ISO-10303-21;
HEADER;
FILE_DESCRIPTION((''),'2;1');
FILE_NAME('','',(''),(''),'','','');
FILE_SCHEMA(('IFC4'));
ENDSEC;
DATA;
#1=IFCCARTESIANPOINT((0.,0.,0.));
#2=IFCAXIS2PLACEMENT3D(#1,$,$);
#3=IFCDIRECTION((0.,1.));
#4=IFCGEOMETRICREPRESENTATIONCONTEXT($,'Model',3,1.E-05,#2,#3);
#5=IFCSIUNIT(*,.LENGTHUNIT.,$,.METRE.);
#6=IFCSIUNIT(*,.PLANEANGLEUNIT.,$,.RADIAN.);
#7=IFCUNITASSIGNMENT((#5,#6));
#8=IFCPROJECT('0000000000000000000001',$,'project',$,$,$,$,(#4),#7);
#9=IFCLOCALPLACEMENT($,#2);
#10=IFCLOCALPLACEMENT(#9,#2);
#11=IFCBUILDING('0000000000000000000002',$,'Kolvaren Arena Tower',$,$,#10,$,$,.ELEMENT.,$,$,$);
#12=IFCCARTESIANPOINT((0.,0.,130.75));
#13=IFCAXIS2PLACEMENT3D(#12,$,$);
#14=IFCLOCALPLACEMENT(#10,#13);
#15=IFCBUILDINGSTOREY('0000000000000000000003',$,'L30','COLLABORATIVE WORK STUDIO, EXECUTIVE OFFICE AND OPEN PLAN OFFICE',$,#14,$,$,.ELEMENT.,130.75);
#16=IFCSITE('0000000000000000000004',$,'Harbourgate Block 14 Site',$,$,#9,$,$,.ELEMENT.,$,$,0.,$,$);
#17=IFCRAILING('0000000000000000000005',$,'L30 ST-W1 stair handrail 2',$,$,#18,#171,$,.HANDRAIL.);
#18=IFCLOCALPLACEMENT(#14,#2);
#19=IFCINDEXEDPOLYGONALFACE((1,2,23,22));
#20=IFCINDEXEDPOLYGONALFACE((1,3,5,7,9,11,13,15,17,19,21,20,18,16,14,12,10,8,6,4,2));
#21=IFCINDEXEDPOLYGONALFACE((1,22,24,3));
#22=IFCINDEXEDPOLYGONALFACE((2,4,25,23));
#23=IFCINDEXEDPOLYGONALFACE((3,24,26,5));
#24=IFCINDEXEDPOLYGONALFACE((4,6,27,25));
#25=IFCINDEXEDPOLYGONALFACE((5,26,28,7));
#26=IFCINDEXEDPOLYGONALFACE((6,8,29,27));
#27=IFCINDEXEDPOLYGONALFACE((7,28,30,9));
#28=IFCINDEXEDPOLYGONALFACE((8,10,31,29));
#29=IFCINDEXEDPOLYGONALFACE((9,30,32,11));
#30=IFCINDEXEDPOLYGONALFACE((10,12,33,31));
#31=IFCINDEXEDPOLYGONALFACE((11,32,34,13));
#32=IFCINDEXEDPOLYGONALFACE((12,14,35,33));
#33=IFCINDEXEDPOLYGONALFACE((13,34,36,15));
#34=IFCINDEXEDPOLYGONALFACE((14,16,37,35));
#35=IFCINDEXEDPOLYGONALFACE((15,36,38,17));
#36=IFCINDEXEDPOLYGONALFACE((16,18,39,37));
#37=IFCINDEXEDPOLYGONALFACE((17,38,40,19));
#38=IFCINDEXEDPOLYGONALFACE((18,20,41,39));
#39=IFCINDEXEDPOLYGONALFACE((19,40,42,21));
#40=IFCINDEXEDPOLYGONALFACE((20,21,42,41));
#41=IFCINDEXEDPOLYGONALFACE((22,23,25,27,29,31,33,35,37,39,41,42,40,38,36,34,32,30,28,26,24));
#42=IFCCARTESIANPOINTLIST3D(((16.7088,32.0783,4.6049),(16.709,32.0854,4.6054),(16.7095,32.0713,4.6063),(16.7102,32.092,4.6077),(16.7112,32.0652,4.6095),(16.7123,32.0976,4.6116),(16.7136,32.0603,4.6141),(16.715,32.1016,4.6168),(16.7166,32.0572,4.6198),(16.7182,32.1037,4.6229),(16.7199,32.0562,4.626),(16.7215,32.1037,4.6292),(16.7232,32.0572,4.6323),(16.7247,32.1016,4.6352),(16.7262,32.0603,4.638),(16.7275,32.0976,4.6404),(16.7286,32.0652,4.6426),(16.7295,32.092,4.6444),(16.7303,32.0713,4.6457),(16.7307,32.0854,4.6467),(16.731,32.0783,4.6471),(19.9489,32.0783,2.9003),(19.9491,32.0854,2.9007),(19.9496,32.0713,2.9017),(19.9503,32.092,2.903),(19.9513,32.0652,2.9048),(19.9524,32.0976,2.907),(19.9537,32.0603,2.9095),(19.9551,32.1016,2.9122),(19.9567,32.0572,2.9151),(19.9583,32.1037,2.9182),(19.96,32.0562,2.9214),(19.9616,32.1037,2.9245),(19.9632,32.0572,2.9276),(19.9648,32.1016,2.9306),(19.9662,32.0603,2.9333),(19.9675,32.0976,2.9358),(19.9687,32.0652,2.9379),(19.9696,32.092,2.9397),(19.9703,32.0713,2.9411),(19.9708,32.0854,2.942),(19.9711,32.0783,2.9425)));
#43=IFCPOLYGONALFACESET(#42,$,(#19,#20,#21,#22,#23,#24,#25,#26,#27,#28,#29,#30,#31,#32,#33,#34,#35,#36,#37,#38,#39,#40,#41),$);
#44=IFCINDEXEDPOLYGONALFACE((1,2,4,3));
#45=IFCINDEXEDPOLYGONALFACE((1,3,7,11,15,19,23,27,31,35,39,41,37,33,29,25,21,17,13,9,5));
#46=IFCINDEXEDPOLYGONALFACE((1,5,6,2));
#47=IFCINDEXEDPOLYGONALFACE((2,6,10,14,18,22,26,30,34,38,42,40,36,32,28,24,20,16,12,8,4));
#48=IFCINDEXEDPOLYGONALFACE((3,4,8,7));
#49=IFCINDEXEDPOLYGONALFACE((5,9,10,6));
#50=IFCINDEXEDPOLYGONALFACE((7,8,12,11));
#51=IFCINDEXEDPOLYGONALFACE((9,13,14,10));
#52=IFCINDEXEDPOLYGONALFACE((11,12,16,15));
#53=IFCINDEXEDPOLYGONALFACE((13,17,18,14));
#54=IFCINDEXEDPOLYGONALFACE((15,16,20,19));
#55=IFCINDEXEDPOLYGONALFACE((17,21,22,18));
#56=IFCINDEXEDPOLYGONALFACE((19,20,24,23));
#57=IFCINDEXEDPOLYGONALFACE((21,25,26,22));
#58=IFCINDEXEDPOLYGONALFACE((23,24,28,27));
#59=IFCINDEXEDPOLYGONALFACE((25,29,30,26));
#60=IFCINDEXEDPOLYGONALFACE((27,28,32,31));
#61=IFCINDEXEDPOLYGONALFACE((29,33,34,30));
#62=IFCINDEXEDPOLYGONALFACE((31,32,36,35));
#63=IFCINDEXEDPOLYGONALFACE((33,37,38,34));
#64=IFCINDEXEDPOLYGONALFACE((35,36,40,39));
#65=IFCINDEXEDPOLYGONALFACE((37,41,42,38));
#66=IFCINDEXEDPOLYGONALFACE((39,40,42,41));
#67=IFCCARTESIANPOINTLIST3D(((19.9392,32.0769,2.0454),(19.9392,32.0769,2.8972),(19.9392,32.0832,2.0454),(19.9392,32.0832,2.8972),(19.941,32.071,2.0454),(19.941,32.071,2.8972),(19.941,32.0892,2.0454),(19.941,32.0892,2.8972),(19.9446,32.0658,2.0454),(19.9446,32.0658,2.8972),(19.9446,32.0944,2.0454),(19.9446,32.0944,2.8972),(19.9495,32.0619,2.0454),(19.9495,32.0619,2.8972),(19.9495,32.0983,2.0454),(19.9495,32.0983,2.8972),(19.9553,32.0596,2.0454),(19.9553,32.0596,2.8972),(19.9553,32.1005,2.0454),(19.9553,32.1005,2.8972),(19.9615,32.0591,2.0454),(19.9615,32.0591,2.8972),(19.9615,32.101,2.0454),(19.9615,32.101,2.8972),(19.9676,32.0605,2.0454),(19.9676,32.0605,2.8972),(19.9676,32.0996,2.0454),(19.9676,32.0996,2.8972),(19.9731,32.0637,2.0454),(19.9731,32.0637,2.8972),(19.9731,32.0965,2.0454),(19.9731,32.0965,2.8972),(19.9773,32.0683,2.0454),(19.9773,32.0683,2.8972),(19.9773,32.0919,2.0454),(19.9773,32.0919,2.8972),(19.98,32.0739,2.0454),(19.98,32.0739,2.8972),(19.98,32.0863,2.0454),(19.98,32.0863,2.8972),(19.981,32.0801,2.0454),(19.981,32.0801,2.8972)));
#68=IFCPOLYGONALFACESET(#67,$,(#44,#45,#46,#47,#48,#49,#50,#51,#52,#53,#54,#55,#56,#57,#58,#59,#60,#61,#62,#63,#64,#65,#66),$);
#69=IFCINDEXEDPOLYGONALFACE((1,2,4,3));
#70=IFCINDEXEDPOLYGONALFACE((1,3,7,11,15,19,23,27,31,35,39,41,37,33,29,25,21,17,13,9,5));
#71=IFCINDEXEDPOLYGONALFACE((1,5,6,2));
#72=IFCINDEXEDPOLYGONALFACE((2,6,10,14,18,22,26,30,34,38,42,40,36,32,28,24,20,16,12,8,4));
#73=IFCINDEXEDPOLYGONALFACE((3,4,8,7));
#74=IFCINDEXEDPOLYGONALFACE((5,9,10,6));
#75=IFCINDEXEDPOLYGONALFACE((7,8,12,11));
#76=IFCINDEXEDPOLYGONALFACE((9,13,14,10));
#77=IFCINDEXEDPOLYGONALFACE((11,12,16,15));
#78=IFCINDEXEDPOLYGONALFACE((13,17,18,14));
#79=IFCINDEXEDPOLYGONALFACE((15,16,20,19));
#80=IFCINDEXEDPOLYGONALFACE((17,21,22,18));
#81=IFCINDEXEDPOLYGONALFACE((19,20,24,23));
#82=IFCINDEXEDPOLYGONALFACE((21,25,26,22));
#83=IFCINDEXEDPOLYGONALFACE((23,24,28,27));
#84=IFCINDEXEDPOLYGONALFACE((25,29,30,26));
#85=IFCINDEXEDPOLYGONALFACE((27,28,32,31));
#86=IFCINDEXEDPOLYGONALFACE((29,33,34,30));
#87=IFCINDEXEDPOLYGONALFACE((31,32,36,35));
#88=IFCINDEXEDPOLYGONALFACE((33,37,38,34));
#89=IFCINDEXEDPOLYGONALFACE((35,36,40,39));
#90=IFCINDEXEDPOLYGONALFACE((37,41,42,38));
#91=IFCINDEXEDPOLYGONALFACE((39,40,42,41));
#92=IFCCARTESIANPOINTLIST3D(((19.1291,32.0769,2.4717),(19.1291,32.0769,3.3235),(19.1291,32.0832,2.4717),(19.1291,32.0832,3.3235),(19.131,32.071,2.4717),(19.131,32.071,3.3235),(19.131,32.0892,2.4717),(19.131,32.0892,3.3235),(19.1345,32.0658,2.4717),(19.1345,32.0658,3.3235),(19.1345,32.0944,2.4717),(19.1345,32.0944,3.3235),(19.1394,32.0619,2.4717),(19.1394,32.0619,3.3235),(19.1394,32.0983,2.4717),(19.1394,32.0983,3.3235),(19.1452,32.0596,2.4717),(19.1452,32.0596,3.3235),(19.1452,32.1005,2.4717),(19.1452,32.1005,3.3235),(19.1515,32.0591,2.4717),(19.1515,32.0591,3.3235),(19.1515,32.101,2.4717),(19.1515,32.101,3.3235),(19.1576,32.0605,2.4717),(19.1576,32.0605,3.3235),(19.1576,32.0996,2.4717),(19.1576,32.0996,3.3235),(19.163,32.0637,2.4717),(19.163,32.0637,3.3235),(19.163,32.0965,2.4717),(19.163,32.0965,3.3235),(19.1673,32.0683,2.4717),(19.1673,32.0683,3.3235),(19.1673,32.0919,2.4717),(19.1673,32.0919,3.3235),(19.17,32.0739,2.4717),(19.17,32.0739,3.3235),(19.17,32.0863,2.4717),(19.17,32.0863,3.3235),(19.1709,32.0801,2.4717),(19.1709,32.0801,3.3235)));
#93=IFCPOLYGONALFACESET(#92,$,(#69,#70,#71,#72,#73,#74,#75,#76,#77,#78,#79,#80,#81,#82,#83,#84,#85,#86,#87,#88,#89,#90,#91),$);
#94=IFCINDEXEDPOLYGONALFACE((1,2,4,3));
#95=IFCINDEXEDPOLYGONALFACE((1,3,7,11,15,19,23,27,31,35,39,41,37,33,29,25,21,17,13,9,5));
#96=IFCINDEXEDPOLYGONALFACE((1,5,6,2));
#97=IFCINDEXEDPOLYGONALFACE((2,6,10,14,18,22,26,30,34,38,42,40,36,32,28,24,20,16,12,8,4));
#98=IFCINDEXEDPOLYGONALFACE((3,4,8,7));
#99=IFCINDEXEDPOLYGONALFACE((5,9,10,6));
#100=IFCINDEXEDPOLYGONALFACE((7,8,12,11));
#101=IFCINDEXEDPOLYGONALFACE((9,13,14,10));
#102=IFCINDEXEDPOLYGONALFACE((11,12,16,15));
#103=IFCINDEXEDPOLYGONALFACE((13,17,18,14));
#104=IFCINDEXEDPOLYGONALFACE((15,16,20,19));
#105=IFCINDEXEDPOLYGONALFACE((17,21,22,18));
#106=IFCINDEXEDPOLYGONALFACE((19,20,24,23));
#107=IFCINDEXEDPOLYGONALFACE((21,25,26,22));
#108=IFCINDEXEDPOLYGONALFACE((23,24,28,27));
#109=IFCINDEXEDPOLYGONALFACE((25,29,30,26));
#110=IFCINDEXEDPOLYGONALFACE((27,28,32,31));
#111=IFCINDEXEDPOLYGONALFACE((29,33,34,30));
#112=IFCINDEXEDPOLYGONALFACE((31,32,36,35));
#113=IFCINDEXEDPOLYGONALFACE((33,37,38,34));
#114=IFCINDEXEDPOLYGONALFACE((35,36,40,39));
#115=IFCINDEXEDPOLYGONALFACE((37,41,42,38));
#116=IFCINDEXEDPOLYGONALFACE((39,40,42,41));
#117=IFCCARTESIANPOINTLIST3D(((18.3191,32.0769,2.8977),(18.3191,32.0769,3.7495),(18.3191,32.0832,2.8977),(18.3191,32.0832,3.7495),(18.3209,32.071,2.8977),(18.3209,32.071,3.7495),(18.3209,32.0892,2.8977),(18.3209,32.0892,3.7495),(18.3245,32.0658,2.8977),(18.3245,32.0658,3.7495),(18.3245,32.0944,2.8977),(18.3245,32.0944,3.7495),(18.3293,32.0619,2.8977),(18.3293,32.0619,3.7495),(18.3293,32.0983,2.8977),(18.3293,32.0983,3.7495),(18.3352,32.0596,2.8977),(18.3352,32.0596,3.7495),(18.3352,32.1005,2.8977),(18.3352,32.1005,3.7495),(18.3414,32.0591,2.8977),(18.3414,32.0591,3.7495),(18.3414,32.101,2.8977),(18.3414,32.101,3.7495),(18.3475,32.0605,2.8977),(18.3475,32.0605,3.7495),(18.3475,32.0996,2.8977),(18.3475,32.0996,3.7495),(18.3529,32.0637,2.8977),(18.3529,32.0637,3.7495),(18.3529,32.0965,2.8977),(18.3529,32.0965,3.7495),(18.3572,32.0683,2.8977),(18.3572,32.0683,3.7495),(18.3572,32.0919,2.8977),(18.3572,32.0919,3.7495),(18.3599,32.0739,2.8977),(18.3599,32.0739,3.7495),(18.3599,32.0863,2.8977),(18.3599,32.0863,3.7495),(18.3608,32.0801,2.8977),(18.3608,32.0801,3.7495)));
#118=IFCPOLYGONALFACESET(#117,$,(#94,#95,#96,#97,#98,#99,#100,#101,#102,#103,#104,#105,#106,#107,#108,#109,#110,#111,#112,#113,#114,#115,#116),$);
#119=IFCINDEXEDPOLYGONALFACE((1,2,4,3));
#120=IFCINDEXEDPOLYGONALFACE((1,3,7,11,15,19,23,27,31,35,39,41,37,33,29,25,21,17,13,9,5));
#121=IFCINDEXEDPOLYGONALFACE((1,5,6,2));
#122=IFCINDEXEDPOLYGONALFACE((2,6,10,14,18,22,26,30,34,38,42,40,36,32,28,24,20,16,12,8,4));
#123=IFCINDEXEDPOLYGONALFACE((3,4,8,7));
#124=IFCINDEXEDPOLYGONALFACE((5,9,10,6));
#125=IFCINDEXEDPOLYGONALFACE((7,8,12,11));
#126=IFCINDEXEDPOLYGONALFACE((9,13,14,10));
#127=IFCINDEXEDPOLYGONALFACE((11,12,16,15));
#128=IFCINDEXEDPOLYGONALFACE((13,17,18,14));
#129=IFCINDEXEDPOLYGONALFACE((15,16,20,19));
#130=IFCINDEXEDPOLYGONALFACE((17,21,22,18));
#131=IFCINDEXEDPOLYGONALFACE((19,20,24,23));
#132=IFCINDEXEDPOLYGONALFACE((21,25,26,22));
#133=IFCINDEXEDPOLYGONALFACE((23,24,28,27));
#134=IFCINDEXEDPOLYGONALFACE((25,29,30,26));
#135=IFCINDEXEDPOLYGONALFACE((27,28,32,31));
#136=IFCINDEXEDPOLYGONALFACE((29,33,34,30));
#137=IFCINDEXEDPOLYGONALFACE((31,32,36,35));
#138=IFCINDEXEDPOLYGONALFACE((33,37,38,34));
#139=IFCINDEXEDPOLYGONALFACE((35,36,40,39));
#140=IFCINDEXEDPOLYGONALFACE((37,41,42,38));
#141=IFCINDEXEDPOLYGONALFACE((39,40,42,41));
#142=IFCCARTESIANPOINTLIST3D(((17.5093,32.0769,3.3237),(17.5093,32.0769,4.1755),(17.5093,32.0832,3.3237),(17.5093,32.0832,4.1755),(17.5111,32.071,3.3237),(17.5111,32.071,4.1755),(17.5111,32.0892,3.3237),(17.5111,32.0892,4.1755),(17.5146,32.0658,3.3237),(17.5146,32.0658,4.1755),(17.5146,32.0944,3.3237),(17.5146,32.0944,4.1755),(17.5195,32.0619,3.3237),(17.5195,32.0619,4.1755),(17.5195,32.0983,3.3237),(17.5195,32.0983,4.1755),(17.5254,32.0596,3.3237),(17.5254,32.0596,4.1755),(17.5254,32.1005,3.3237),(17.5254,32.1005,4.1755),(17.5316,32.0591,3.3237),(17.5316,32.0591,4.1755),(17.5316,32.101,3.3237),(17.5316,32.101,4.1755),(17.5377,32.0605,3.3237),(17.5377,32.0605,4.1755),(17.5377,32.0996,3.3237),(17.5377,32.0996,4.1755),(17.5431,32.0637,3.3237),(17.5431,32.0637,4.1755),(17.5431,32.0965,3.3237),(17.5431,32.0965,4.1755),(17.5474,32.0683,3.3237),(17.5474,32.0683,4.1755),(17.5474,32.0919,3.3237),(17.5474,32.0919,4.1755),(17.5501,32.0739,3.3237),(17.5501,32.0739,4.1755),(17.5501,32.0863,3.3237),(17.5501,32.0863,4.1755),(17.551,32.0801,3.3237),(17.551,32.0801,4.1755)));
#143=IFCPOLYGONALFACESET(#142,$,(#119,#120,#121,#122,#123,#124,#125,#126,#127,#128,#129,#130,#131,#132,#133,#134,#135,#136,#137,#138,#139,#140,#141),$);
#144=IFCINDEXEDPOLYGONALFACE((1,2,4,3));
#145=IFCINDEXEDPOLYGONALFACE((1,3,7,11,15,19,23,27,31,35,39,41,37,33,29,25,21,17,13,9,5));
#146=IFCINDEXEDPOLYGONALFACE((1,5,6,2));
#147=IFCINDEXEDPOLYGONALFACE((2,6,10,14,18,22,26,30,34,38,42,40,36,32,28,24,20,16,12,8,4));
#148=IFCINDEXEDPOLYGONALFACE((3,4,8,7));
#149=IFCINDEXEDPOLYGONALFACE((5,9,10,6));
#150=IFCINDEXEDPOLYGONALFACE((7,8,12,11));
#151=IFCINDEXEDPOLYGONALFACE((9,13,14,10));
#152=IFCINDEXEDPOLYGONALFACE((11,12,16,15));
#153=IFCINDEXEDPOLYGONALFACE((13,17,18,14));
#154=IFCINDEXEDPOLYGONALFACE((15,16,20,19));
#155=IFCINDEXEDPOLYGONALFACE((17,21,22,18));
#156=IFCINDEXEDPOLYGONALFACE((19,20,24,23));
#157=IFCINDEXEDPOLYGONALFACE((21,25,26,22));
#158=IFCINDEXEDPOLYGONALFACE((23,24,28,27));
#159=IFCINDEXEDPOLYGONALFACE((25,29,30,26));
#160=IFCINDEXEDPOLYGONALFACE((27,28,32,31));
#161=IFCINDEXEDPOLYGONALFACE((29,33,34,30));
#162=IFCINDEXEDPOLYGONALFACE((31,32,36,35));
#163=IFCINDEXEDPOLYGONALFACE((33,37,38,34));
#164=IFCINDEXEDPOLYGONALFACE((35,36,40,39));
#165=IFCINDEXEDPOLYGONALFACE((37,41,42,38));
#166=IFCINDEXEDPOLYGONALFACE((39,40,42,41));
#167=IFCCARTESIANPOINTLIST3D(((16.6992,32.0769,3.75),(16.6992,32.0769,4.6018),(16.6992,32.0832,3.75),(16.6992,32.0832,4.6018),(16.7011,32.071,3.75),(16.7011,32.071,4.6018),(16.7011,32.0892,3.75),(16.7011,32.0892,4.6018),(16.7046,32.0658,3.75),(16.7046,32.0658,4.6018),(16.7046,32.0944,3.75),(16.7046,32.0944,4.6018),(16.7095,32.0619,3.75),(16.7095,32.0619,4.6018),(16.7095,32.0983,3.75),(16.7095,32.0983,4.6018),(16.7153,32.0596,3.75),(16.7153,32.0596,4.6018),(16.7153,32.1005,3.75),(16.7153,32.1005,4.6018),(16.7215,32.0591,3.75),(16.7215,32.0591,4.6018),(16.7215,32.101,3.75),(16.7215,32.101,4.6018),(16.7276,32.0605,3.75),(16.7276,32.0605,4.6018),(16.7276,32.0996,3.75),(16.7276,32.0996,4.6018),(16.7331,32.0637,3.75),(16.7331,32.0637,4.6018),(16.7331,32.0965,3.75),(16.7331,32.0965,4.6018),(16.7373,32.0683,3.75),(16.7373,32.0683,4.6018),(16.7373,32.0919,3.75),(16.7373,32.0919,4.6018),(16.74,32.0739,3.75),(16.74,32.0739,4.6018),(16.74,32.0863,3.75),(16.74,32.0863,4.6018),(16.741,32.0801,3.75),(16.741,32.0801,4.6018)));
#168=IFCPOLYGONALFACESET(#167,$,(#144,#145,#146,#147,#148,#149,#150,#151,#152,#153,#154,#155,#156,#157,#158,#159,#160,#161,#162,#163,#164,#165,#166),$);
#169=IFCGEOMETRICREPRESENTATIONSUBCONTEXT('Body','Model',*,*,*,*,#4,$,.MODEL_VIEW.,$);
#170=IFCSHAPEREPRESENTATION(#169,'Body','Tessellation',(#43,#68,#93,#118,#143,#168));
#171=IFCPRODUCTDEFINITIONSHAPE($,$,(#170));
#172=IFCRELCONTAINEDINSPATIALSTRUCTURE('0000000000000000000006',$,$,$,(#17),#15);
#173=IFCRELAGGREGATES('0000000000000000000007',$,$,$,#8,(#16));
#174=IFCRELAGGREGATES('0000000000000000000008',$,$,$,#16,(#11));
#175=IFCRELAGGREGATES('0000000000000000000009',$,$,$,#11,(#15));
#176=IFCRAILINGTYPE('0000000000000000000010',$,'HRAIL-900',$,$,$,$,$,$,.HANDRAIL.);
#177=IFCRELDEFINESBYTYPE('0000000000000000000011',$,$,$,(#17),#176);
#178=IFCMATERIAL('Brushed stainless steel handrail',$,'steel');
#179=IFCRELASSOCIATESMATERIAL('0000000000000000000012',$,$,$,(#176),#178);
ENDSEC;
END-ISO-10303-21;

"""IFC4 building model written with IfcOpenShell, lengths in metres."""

from ifc_helpers import new_model, si_unit, direction, frame, origin, origin_2d, place, context, subcontext, project, spatial, circle, extrude, material, type_object, element, save


model = new_model("IFC4")

# Units and contexts
model_context = context("Model", 3, precision=1e-05, world=origin(), true_north=direction((0.0, 1.0)))
body_context = subcontext(model_context, "Body", "Model", "MODEL_VIEW")
ifc_project = project(units=[si_unit("LENGTHUNIT", "METRE"), si_unit("PLANEANGLEUNIT", "RADIAN")], contexts=[model_context])

# Site, building, storey
site_placement = place(None, origin())
site = spatial("IfcSite", under=ifc_project, at=site_placement, Name="Harbourgate Block 14 Site", CompositionType="ELEMENT", RefElevation=0.0)
building_placement = place(site_placement, origin())
building = spatial("IfcBuilding", under=site, at=building_placement, Name="Kolvaren Arena Tower", CompositionType="ELEMENT")
storey_placement = place(building_placement, frame((0.0, 0.0, 130.75)))
storey = spatial("IfcBuildingStorey", under=building, at=storey_placement, Name="L30", Description="COLLABORATIVE WORK STUDIO, EXECUTIVE OFFICE AND OPEN PLAN OFFICE", CompositionType="ELEMENT", Elevation=130.75)

# Railing
ifc_material_1 = material(Name="Brushed stainless steel handrail", Category="steel")
railing_type_1 = type_object("IfcRailingType", Name="HRAIL-900", PredefinedType="HANDRAIL", material=ifc_material_1)
railing_1_placement = place(storey_placement, frame((19.96, 32.0801, 2.0454)))
element("IfcRailing", 1, at=railing_1_placement, inside=storey, type_object=railing_type_1, Name="L30 ST-W1 stair handrail 2", PredefinedType="HANDRAIL", context=body_context, shape_type="SweptSolid", body=[
    extrude(circle(Radius=0.0239, at=origin_2d()), frame((0.0, 0.0, 0.876), z_axis=(-0.884993, 0.0, 0.465604), x_axis=(0.0, -1.0, 0.0)), (0.0, 0.0, 1.0), 3.6611),
    extrude(circle(Radius=0.021, at=origin_2d()), origin(), (0.0, 0.0, 1.0), 0.8518),
    extrude(circle(Radius=0.021, at=origin_2d()), frame((-0.8101, 0.0, 0.4263)), (0.0, 0.0, 1.0), 0.8518),
    extrude(circle(Radius=0.021, at=origin_2d()), frame((-1.6201, 0.0, 0.8523)), (0.0, 0.0, 1.0), 0.8518),
    extrude(circle(Radius=0.021, at=origin_2d()), frame((-2.4299, 0.0, 1.2783)), (0.0, 0.0, 1.0), 0.8518),
    extrude(circle(Radius=0.021, at=origin_2d()), frame((-3.24, 0.0, 1.7046)), (0.0, 0.0, 1.0), 0.8518),
])

save(model, "model.ifc")
